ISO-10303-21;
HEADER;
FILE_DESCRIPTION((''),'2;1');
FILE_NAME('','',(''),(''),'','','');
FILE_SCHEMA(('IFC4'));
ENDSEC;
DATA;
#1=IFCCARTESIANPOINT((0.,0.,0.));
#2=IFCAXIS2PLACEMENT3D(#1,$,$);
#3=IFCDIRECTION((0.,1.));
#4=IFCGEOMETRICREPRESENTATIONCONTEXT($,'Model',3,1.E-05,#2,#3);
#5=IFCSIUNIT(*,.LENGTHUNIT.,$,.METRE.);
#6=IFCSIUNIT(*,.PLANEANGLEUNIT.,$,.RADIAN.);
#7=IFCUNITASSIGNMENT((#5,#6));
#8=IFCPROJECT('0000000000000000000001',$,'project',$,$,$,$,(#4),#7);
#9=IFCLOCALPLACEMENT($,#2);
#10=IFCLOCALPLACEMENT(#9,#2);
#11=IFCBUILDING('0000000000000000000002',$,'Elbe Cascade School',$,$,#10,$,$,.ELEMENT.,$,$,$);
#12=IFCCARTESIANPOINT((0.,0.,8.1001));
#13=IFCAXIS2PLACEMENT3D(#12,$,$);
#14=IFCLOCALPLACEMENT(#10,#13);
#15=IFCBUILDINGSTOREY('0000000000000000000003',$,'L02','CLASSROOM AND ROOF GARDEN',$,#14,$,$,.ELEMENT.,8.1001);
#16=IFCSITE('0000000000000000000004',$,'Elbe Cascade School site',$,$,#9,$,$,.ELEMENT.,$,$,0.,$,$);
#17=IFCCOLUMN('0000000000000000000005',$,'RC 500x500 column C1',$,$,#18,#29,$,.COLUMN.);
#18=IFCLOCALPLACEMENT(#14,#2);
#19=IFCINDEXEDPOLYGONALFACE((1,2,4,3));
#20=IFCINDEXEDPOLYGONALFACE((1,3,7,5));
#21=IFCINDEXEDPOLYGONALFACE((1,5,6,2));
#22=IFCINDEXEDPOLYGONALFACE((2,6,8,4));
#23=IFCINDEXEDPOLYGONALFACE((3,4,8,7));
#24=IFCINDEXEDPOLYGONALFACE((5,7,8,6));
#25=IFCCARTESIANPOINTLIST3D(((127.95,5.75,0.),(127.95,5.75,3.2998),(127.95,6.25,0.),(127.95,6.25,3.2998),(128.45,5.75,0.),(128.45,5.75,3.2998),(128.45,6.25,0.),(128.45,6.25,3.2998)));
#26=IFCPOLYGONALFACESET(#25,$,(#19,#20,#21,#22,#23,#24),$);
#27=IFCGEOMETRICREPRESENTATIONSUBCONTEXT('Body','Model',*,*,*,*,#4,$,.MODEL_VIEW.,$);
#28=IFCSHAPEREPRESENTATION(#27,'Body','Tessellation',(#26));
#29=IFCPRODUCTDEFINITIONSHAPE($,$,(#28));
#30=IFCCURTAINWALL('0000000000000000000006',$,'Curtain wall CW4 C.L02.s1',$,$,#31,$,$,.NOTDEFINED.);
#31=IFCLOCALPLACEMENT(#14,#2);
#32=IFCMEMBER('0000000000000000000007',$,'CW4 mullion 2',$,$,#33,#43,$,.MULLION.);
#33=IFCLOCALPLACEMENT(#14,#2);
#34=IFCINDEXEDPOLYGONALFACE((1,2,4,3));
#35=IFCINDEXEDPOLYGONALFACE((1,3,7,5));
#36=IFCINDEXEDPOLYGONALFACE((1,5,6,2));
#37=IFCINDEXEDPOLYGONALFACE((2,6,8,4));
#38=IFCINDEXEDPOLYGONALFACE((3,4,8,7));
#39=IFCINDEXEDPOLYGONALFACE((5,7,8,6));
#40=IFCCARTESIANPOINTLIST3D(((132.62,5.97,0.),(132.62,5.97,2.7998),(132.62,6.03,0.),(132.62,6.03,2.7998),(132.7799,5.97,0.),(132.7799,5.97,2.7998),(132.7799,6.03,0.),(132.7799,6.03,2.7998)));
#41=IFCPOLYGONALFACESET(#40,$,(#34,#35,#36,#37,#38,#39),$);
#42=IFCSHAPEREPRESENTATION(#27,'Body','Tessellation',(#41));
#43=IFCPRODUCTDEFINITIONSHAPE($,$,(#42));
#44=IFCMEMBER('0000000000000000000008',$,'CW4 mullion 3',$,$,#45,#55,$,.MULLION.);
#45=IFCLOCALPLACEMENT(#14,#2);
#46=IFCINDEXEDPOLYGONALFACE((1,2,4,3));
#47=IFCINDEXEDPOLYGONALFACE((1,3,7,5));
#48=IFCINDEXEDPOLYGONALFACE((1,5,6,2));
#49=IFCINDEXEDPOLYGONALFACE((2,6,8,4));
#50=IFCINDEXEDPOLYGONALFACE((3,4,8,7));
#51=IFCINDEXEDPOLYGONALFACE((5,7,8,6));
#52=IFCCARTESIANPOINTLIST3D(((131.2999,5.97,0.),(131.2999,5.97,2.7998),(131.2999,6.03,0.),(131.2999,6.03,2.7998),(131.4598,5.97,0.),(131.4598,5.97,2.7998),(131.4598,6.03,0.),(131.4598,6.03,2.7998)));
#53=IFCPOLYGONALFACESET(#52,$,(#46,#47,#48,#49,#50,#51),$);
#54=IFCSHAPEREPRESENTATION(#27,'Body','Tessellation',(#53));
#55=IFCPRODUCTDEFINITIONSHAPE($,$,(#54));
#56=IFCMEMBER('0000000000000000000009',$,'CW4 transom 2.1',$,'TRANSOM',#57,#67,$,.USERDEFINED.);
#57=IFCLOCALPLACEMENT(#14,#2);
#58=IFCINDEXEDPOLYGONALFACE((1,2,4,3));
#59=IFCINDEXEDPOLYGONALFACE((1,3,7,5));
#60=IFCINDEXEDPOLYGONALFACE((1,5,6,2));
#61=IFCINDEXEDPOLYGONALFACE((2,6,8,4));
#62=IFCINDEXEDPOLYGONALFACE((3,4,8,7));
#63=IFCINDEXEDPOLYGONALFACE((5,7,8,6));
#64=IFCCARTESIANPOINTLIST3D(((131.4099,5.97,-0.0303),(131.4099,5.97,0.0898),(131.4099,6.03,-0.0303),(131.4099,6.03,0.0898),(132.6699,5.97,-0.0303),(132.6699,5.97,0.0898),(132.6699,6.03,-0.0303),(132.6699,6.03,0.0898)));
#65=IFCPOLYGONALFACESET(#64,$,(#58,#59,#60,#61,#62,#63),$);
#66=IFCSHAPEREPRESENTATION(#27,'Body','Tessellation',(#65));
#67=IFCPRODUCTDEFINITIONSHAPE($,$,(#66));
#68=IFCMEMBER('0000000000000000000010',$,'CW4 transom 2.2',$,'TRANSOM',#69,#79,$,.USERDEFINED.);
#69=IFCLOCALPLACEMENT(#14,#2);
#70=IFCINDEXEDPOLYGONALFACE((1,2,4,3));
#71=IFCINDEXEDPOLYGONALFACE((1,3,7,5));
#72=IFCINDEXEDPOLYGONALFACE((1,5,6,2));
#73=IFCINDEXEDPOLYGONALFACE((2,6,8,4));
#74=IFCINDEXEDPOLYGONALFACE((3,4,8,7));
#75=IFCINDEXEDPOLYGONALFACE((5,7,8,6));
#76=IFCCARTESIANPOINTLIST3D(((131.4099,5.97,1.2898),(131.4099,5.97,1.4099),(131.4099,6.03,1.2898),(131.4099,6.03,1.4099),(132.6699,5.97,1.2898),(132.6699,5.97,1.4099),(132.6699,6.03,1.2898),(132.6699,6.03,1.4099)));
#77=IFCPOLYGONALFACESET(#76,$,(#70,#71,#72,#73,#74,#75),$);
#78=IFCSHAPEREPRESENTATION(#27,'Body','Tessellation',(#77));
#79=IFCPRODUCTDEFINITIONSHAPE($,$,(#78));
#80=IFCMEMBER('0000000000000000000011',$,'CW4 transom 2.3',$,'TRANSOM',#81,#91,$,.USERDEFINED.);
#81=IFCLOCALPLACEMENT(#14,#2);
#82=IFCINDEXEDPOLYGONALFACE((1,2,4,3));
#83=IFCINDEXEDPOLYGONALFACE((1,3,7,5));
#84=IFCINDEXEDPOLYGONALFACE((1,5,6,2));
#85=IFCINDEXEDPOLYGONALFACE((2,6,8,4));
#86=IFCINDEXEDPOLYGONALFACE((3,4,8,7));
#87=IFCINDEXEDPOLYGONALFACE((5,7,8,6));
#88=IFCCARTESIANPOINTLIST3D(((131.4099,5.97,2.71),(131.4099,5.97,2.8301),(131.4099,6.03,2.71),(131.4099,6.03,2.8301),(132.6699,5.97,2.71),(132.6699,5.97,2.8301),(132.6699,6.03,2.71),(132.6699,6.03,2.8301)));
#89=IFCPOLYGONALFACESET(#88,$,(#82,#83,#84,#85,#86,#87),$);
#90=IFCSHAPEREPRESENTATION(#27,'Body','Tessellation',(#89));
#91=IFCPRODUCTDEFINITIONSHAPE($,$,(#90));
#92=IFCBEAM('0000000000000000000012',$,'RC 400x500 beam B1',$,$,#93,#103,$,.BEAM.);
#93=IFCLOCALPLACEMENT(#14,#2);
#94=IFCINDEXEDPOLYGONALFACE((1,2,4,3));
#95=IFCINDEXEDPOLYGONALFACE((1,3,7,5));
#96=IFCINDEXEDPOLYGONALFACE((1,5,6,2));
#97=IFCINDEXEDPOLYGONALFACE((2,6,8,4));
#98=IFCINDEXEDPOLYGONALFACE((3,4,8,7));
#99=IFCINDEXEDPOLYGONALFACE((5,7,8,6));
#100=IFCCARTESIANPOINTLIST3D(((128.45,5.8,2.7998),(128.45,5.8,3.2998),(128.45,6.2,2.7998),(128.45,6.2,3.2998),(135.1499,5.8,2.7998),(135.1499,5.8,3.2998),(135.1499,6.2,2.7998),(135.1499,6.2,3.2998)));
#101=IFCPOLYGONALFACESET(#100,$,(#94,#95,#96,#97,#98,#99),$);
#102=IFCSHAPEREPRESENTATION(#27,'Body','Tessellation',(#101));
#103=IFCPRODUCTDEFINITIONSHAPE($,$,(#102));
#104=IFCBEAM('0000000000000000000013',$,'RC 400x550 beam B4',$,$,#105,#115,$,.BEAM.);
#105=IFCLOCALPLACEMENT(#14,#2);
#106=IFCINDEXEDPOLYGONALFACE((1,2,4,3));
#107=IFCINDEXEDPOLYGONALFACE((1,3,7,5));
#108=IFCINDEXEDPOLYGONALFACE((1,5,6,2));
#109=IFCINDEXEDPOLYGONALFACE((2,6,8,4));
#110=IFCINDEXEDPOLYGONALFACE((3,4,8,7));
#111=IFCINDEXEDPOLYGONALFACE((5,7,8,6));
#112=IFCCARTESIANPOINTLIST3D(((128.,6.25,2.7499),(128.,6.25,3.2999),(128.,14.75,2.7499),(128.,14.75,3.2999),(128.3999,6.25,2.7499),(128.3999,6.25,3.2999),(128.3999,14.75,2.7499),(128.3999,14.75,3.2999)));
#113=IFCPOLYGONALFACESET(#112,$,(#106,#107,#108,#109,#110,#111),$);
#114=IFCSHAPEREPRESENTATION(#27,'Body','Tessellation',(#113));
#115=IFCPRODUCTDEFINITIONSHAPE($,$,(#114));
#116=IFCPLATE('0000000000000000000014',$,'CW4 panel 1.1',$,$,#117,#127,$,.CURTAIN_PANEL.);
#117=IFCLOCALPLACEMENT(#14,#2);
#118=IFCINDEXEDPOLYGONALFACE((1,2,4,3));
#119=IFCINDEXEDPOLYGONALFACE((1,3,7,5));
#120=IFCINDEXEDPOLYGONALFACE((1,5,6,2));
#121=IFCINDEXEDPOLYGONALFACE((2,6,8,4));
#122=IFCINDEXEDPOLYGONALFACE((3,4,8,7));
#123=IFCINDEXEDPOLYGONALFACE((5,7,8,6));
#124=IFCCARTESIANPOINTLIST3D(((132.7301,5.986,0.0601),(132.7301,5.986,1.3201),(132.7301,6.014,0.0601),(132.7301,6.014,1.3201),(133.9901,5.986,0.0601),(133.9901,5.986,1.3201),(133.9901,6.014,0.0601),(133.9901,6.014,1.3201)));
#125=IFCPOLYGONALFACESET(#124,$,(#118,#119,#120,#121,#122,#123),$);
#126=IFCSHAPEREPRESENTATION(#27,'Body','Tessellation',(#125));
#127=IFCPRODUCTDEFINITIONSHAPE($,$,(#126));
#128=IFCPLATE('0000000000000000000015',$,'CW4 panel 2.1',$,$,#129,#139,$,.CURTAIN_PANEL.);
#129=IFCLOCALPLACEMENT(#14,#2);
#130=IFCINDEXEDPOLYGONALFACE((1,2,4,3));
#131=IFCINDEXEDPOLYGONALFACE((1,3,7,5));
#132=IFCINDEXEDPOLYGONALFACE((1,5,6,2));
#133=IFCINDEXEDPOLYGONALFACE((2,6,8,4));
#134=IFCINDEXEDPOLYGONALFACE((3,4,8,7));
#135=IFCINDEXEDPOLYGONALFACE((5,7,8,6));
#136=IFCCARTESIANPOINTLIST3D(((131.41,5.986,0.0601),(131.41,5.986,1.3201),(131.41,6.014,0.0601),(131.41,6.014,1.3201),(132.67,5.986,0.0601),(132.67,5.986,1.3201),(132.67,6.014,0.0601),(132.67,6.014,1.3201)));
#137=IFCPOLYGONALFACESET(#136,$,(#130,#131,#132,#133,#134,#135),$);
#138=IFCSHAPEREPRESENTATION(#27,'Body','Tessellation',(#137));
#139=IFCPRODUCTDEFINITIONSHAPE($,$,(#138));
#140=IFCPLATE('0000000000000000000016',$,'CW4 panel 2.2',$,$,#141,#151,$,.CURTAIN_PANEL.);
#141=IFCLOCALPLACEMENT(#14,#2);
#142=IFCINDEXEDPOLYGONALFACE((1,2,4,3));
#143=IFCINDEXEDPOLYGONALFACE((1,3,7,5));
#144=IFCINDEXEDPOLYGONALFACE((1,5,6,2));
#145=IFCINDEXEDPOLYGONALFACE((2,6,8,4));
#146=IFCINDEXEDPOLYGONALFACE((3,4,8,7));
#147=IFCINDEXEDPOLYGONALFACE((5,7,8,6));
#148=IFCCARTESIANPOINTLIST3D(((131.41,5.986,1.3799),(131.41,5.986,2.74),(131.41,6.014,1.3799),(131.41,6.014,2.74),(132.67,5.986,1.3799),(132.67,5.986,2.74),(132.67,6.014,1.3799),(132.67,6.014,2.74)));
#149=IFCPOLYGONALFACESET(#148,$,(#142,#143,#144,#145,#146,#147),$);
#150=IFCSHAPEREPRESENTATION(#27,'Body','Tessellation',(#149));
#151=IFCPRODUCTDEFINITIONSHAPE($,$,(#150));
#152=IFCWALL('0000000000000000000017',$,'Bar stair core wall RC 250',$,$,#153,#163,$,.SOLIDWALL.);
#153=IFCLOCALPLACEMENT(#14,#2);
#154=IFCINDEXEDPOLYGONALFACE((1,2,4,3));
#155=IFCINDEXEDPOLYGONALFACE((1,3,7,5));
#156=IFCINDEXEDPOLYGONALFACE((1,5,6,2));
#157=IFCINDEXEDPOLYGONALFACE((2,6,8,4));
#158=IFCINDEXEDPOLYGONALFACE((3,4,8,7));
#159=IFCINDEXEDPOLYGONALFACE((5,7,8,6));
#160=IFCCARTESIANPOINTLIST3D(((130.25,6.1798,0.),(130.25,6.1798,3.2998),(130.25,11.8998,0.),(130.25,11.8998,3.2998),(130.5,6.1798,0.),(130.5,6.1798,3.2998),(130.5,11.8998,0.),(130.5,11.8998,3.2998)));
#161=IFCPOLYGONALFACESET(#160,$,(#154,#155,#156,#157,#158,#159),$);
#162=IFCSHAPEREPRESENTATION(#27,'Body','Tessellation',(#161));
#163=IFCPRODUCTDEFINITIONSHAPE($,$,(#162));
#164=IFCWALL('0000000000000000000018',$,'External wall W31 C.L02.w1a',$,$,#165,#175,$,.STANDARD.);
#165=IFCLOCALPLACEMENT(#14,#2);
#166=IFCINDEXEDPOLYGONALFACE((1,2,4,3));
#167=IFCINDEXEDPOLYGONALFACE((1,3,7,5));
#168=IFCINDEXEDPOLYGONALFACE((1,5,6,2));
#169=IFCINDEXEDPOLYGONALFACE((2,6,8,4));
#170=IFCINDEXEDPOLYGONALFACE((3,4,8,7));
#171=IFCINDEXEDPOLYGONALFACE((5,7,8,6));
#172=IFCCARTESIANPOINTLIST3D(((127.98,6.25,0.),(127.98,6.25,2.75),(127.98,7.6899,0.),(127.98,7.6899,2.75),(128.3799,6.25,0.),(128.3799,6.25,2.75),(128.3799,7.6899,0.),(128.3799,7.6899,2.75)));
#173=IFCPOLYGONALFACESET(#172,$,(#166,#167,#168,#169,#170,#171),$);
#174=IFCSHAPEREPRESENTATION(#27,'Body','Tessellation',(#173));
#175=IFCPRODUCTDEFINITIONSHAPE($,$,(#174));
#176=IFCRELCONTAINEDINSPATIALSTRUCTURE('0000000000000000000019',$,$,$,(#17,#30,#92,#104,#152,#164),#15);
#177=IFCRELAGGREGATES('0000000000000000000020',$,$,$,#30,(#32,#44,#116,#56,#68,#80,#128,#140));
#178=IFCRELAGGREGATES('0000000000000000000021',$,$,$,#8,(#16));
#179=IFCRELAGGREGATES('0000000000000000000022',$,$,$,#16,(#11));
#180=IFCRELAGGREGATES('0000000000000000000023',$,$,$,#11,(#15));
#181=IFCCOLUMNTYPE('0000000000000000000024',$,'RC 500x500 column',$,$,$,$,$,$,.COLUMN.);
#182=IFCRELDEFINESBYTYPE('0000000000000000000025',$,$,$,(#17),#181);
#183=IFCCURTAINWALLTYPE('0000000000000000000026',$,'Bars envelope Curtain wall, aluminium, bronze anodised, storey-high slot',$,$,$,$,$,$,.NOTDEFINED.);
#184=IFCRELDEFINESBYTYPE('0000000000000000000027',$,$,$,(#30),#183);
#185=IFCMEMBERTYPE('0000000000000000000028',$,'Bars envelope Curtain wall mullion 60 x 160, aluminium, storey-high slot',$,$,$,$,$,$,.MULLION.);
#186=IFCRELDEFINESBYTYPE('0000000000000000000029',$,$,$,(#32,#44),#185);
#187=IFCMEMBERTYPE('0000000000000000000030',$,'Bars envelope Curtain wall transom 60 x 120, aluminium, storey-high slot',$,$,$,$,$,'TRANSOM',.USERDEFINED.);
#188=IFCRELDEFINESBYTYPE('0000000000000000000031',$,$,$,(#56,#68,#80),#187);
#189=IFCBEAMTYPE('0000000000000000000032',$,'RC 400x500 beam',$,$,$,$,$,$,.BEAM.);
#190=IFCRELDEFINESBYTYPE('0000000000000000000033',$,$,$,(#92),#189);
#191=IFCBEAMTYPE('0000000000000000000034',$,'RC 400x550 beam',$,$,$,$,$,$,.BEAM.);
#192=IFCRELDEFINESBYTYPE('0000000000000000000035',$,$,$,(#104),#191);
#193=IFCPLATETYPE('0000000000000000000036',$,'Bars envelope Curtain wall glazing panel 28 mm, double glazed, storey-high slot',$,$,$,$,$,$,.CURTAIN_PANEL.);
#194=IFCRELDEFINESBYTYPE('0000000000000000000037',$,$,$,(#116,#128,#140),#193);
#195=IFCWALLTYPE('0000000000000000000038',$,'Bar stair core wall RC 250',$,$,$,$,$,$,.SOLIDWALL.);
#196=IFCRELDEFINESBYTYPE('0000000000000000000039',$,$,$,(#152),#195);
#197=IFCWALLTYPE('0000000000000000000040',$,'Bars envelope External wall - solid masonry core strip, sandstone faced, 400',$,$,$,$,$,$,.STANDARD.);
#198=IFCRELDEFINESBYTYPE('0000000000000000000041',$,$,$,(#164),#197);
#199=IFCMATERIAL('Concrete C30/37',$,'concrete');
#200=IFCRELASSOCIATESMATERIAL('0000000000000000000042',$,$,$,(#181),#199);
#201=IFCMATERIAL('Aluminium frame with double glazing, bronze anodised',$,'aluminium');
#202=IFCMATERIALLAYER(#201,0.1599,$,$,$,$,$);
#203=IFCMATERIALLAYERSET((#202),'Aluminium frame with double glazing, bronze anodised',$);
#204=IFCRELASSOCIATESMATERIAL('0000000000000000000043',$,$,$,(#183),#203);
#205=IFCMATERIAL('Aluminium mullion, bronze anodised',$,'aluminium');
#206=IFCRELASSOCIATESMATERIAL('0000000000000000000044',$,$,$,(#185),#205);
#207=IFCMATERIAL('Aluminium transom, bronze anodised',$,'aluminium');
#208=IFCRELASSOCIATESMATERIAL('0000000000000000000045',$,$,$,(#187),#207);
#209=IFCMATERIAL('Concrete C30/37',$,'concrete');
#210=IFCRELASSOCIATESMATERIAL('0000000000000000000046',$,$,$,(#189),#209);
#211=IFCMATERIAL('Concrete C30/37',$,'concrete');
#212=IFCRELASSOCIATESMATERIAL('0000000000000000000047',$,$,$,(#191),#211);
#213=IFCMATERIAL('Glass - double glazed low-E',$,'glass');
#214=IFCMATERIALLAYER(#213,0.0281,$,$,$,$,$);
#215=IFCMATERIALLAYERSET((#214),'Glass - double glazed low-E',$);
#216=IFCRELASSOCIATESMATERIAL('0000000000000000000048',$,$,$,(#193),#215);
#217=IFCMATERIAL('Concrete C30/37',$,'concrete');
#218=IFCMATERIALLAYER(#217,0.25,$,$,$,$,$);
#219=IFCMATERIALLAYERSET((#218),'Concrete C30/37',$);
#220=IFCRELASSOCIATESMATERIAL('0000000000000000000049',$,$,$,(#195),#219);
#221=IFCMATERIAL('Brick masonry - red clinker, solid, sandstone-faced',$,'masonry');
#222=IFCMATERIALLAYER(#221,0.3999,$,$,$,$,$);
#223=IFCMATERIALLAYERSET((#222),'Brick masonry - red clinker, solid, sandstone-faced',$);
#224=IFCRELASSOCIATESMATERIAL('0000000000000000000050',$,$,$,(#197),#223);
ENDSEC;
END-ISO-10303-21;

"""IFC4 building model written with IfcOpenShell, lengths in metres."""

from ifc_helpers import new_model, si_unit, direction, frame, frame_2d, origin, origin_2d, place, context, subcontext, project, spatial, rectangle, extrude, material, layer, layer_set, material_profile, profile_set, type_object, element, aggregate, save


model = new_model("IFC4")

# Units and contexts
model_context = context("Model", 3, precision=1e-05, world=origin(), true_north=direction((0.0, 1.0)))
body_context = subcontext(model_context, "Body", "Model", "MODEL_VIEW")
ifc_project = project(units=[si_unit("LENGTHUNIT", "METRE"), si_unit("PLANEANGLEUNIT", "RADIAN")], contexts=[model_context])

# Site, building, storey
site_placement = place(None, origin())
site = spatial("IfcSite", under=ifc_project, at=site_placement, Name="Elbe Cascade School site", CompositionType="ELEMENT", RefElevation=0.0)
building_placement = place(site_placement, origin())
building = spatial("IfcBuilding", under=site, at=building_placement, Name="Elbe Cascade School", CompositionType="ELEMENT")
storey_placement = place(building_placement, frame((0.0, 0.0, 8.1001)))
storey = spatial("IfcBuildingStorey", under=building, at=storey_placement, Name="L02", Description="CLASSROOM AND ROOF GARDEN", CompositionType="ELEMENT", Elevation=8.1001)

# Column
ifc_material_1 = material(Name="Concrete C30/37", Category="concrete")
ifc_material_profile_1 = material_profile(ifc_material_1, rectangle(XDim=0.5, YDim=0.5, at=origin_2d()), Name="RC 500x500")
ifc_profile_set_1 = profile_set([ifc_material_profile_1], Name="Concrete C30/37")
column_type = type_object("IfcColumnType", Name="RC 500x500 column", PredefinedType="COLUMN", material=ifc_profile_set_1)
column_placement = place(storey_placement, frame((128.2, 6.0, 0.0), z_axis=(0.0, 0.0, 1.0), x_axis=(1.0, 0.0, 0.0)))
element("IfcColumn", 1, at=column_placement, inside=storey, type_object=column_type, Name="RC 500x500 column C1", PredefinedType="COLUMN", context=body_context, shape_type="SweptSolid", body=[
    extrude(rectangle(XDim=0.5, YDim=0.5, at=origin_2d()), origin(), (0.0, 0.0, 1.0), 3.2998),
])

# Curtain wall, members
ifc_material_2 = material(Name="Aluminium frame with double glazing, bronze anodised", Category="aluminium")
ifc_layer_1 = layer(ifc_material_2, 0.1599)
ifc_layer_set_1 = layer_set([ifc_layer_1], Name="Aluminium frame with double glazing, bronze anodised")
curtain_wall_type = type_object("IfcCurtainWallType", Name="Bars envelope Curtain wall, aluminium, bronze anodised, storey-high slot", PredefinedType="NOTDEFINED", material=ifc_layer_set_1)
curtain_wall_placement = place(storey_placement, origin())
curtain_wall = element("IfcCurtainWall", 2, at=curtain_wall_placement, inside=storey, type_object=curtain_wall_type, Name="Curtain wall CW4 C.L02.s1", PredefinedType="NOTDEFINED")
ifc_material_3 = material(Name="Aluminium mullion, bronze anodised", Category="aluminium")
ifc_material_profile_2 = material_profile(ifc_material_3, rectangle(XDim=0.0601, YDim=0.1599, at=origin_2d()), Name="Bars envelope Curtain wall mullion 60 x 160, aluminium, storey-high slot")
ifc_profile_set_2 = profile_set([ifc_material_profile_2], Name="Aluminium mullion, bronze anodised")
member_type_1 = type_object("IfcMemberType", Name="Bars envelope Curtain wall mullion 60 x 160, aluminium, storey-high slot", PredefinedType="MULLION", material=ifc_profile_set_2)
member_1_placement = place(storey_placement, frame((132.7, 6.0, 0.0), z_axis=(0.0, 0.0, 1.0), x_axis=(0.0, -1.0, 0.0)))
member_1 = element("IfcMember", 3, at=member_1_placement, type_object=member_type_1, Name="CW4 mullion 2", PredefinedType="MULLION", context=body_context, shape_type="SweptSolid", body=[
    extrude(rectangle(XDim=0.0601, YDim=0.1599, at=origin_2d()), origin(), (0.0, 0.0, 1.0), 2.7998),
])
member_2_placement = place(storey_placement, frame((131.3799, 6.0, 0.0), z_axis=(0.0, 0.0, 1.0), x_axis=(0.0, -1.0, 0.0)))
member_2 = element("IfcMember", 4, at=member_2_placement, type_object=member_type_1, Name="CW4 mullion 3", PredefinedType="MULLION", context=body_context, shape_type="SweptSolid", body=[
    extrude(rectangle(XDim=0.0601, YDim=0.1599, at=origin_2d()), origin(), (0.0, 0.0, 1.0), 2.7998),
])
ifc_material_4 = material(Name="Aluminium transom, bronze anodised", Category="aluminium")
ifc_material_profile_3 = material_profile(ifc_material_4, rectangle(XDim=0.0601, YDim=0.1201, at=origin_2d()), Name="Bars envelope Curtain wall transom 60 x 120, aluminium, storey-high slot")
ifc_profile_set_3 = profile_set([ifc_material_profile_3], Name="Aluminium transom, bronze anodised")
member_type_2 = type_object("IfcMemberType", Name="Bars envelope Curtain wall transom 60 x 120, aluminium, storey-high slot", ElementType="TRANSOM", PredefinedType="USERDEFINED", material=ifc_profile_set_3)
member_3_placement = place(storey_placement, frame((132.6699, 6.0, 0.0298), z_axis=(-1.0, 0.0, 0.0), x_axis=(0.0, -1.0, 0.0)))
member_3 = element("IfcMember", 5, at=member_3_placement, type_object=member_type_2, Name="CW4 transom 2.1", ObjectType="TRANSOM", PredefinedType="USERDEFINED", context=body_context, shape_type="SweptSolid", body=[
    extrude(rectangle(XDim=0.0601, YDim=0.1201, at=origin_2d()), origin(), (0.0, 0.0, 1.0), 1.26),
])
member_4_placement = place(storey_placement, frame((132.6699, 6.0, 1.3499), z_axis=(-1.0, 0.0, 0.0), x_axis=(0.0, -1.0, 0.0)))
member_4 = element("IfcMember", 6, at=member_4_placement, type_object=member_type_2, Name="CW4 transom 2.2", ObjectType="TRANSOM", PredefinedType="USERDEFINED", context=body_context, shape_type="SweptSolid", body=[
    extrude(rectangle(XDim=0.0601, YDim=0.1201, at=origin_2d()), origin(), (0.0, 0.0, 1.0), 1.26),
])
member_5_placement = place(storey_placement, frame((132.6699, 6.0, 2.77), z_axis=(-1.0, 0.0, 0.0), x_axis=(0.0, -1.0, 0.0)))
member_5 = element("IfcMember", 7, at=member_5_placement, type_object=member_type_2, Name="CW4 transom 2.3", ObjectType="TRANSOM", PredefinedType="USERDEFINED", context=body_context, shape_type="SweptSolid", body=[
    extrude(rectangle(XDim=0.0601, YDim=0.1201, at=origin_2d()), origin(), (0.0, 0.0, 1.0), 1.26),
])

# Beams
ifc_material_5 = material(Name="Concrete C30/37", Category="concrete")
ifc_material_profile_4 = material_profile(ifc_material_5, rectangle(XDim=0.3999, YDim=0.5, at=origin_2d()), Name="RC 400x500")
ifc_profile_set_4 = profile_set([ifc_material_profile_4], Name="Concrete C30/37")
beam_type_1 = type_object("IfcBeamType", Name="RC 400x500 beam", PredefinedType="BEAM", material=ifc_profile_set_4)
beam_1_placement = place(storey_placement, frame((128.45, 6.0, 3.0498), z_axis=(1.0, 0.0, 0.0), x_axis=(0.0, 1.0, 0.0)))
element("IfcBeam", 8, at=beam_1_placement, inside=storey, type_object=beam_type_1, Name="RC 400x500 beam B1", PredefinedType="BEAM", context=body_context, shape_type="SweptSolid", body=[
    extrude(rectangle(XDim=0.3999, YDim=0.5, at=origin_2d()), origin(), (0.0, 0.0, 1.0), 6.7),
])
ifc_material_6 = material(Name="Concrete C30/37", Category="concrete")
ifc_material_profile_5 = material_profile(ifc_material_6, rectangle(XDim=0.3999, YDim=0.55, at=origin_2d()), Name="RC 400x550")
ifc_profile_set_5 = profile_set([ifc_material_profile_5], Name="Concrete C30/37")
beam_type_2 = type_object("IfcBeamType", Name="RC 400x550 beam", PredefinedType="BEAM", material=ifc_profile_set_5)
beam_2_placement = place(storey_placement, frame((128.2, 6.25, 3.0249), z_axis=(0.0, 1.0, 0.0), x_axis=(-1.0, 0.0, 0.0)))
element("IfcBeam", 9, at=beam_2_placement, inside=storey, type_object=beam_type_2, Name="RC 400x550 beam B4", PredefinedType="BEAM", context=body_context, shape_type="SweptSolid", body=[
    extrude(rectangle(XDim=0.3999, YDim=0.55, at=origin_2d()), origin(), (0.0, 0.0, 1.0), 8.5),
])

# Plates
ifc_material_7 = material(Name="Glass - double glazed low-E", Category="glass")
ifc_layer_2 = layer(ifc_material_7, 0.0281)
ifc_layer_set_2 = layer_set([ifc_layer_2], Name="Glass - double glazed low-E")
plate_type = type_object("IfcPlateType", Name="Bars envelope Curtain wall glazing panel 28 mm, double glazed, storey-high slot", PredefinedType="CURTAIN_PANEL", material=ifc_layer_set_2)
plate_1_placement = place(storey_placement, frame((133.3601, 6.0, 0.0601), z_axis=(0.0, 0.0, 1.0), x_axis=(-1.0, 0.0, 0.0)))
plate_1 = element("IfcPlate", 10, at=plate_1_placement, type_object=plate_type, Name="CW4 panel 1.1", PredefinedType="CURTAIN_PANEL", context=body_context, shape_type="SweptSolid", body=[
    extrude(rectangle(XDim=1.26, YDim=0.0281, at=origin_2d()), origin(), (0.0, 0.0, 1.0), 1.26),
])
plate_2_placement = place(storey_placement, frame((132.04, 6.0, 0.0601), z_axis=(0.0, 0.0, 1.0), x_axis=(-1.0, 0.0, 0.0)))
plate_2 = element("IfcPlate", 11, at=plate_2_placement, type_object=plate_type, Name="CW4 panel 2.1", PredefinedType="CURTAIN_PANEL", context=body_context, shape_type="SweptSolid", body=[
    extrude(rectangle(XDim=1.26, YDim=0.0281, at=origin_2d()), origin(), (0.0, 0.0, 1.0), 1.26),
])
plate_3_placement = place(storey_placement, frame((132.04, 6.0, 1.3799), z_axis=(0.0, 0.0, 1.0), x_axis=(-1.0, 0.0, 0.0)))
plate_3 = element("IfcPlate", 12, at=plate_3_placement, type_object=plate_type, Name="CW4 panel 2.2", PredefinedType="CURTAIN_PANEL", context=body_context, shape_type="SweptSolid", body=[
    extrude(rectangle(XDim=1.26, YDim=0.0281, at=origin_2d()), origin(), (0.0, 0.0, 1.0), 1.3601),
])
aggregate(curtain_wall, [member_1, member_2, plate_1, member_3, member_4, member_5, plate_2, plate_3])

# Walls
ifc_material_8 = material(Name="Concrete C30/37", Category="concrete")
ifc_layer_3 = layer(ifc_material_8, 0.25)
ifc_layer_set_3 = layer_set([ifc_layer_3], Name="Concrete C30/37")
wall_type_1 = type_object("IfcWallType", Name="Bar stair core wall RC 250", PredefinedType="SOLIDWALL", material=ifc_layer_set_3)
wall_1_placement = place(storey_placement, frame((130.375, 6.1799, 0.0), z_axis=(0.0, 0.0, 1.0), x_axis=(0.0, 1.0, 0.0)))
element("IfcWall", 13, at=wall_1_placement, inside=storey, type_object=wall_type_1, Name="Bar stair core wall RC 250", PredefinedType="SOLIDWALL", context=body_context, shape_type="SweptSolid", body=[
    extrude(rectangle(XDim=5.72, YDim=0.25, at=frame_2d((2.8599, 0.0))), origin(), (0.0, 0.0, 1.0), 3.2998),
])
ifc_material_9 = material(Name="Brick masonry - red clinker, solid, sandstone-faced", Category="masonry")
ifc_layer_4 = layer(ifc_material_9, 0.3999)
ifc_layer_set_4 = layer_set([ifc_layer_4], Name="Brick masonry - red clinker, solid, sandstone-faced")
wall_type_2 = type_object("IfcWallType", Name="Bars envelope External wall - solid masonry core strip, sandstone faced, 400", PredefinedType="STANDARD", material=ifc_layer_set_4)
wall_2_placement = place(storey_placement, frame((128.1799, 6.25, 0.0), z_axis=(0.0, 0.0, 1.0), x_axis=(0.0, 1.0, 0.0)))
element("IfcWall", 14, at=wall_2_placement, inside=storey, type_object=wall_type_2, Name="External wall W31 C.L02.w1a", PredefinedType="STANDARD", context=body_context, shape_type="SweptSolid", body=[
    extrude(rectangle(XDim=1.4399, YDim=0.3999, at=frame_2d((0.72, 0.0))), origin(), (0.0, 0.0, 1.0), 2.75),
])

save(model, "model.ifc")
